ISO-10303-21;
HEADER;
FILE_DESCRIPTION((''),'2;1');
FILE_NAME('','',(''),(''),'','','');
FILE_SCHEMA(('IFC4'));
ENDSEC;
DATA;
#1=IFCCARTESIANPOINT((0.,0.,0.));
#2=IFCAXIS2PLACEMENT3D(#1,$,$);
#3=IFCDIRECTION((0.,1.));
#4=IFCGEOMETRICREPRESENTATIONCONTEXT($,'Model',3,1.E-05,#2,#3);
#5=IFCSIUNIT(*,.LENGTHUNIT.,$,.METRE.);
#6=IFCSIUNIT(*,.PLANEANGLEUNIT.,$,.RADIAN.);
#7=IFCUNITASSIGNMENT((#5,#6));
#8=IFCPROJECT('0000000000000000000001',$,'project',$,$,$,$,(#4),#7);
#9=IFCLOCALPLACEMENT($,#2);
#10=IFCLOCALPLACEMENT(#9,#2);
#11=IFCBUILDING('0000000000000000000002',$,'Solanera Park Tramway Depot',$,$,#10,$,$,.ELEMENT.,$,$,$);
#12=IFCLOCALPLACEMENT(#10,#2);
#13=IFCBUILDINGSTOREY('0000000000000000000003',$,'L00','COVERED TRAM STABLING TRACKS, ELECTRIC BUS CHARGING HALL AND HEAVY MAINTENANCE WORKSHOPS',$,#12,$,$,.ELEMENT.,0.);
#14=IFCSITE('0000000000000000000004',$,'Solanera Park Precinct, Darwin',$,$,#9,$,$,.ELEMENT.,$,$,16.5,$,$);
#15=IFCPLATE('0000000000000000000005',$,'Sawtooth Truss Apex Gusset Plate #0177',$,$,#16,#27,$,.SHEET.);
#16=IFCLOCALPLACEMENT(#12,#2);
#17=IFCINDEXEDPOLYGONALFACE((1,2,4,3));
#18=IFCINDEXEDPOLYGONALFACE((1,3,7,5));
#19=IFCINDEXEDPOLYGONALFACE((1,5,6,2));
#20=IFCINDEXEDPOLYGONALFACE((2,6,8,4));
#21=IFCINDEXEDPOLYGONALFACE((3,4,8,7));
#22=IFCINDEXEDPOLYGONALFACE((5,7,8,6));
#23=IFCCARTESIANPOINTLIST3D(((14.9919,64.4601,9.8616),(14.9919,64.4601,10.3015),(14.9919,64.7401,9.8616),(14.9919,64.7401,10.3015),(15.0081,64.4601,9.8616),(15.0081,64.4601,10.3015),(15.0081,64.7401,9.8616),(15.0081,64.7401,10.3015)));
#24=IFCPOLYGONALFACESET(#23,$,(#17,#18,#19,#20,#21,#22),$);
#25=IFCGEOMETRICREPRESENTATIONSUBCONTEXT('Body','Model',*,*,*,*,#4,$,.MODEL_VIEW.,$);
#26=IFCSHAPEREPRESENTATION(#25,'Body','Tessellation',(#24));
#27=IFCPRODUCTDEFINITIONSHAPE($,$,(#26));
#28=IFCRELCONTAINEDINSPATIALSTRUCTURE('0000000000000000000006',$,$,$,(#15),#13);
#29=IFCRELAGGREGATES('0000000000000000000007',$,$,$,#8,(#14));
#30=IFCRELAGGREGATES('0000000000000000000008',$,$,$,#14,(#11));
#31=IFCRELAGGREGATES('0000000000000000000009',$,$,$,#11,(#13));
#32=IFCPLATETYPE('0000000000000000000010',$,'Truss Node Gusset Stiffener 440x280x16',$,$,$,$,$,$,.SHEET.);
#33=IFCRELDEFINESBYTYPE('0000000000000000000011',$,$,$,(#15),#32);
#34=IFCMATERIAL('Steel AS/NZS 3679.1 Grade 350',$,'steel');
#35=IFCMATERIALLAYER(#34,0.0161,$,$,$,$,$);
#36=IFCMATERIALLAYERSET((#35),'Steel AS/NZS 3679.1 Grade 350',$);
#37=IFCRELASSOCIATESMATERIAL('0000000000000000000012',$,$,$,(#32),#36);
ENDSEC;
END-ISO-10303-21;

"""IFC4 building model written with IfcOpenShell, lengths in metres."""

from ifc_helpers import new_model, si_unit, direction, frame, origin, origin_2d, place, context, subcontext, project, spatial, rectangle, extrude, material, layer, layer_set, type_object, element, save


model = new_model("IFC4")

# Units and contexts
model_context = context("Model", 3, precision=1e-05, world=origin(), true_north=direction((0.0, 1.0)))
body_context = subcontext(model_context, "Body", "Model", "MODEL_VIEW")
ifc_project = project(units=[si_unit("LENGTHUNIT", "METRE"), si_unit("PLANEANGLEUNIT", "RADIAN")], contexts=[model_context])

# Site, building, storey
site_placement = place(None, origin())
site = spatial("IfcSite", under=ifc_project, at=site_placement, Name="Solanera Park Precinct, Darwin", CompositionType="ELEMENT", RefElevation=16.5)
building_placement = place(site_placement, origin())
building = spatial("IfcBuilding", under=site, at=building_placement, Name="Solanera Park Tramway Depot", CompositionType="ELEMENT")
storey_placement = place(building_placement, origin())
storey = spatial("IfcBuildingStorey", under=building, at=storey_placement, Name="L00", Description="COVERED TRAM STABLING TRACKS, ELECTRIC BUS CHARGING HALL AND HEAVY MAINTENANCE WORKSHOPS", CompositionType="ELEMENT", Elevation=0.0)

# Plate
ifc_material_1 = material(Name="Steel AS/NZS 3679.1 Grade 350", Category="steel")
ifc_layer_1 = layer(ifc_material_1, 0.0161)
ifc_layer_set_1 = layer_set([ifc_layer_1], Name="Steel AS/NZS 3679.1 Grade 350")
plate_type_1 = type_object("IfcPlateType", Name="Truss Node Gusset Stiffener 440x280x16", PredefinedType="SHEET", material=ifc_layer_set_1)
plate_1_placement = place(storey_placement, frame((15.0, 64.6001, 9.8616), z_axis=(0.0, 0.0, 1.0), x_axis=(1.0, 0.0, 0.0)))
element("IfcPlate", 1, at=plate_1_placement, inside=storey, type_object=plate_type_1, Name="Sawtooth Truss Apex Gusset Plate #0177", PredefinedType="SHEET", context=body_context, shape_type="SweptSolid", body=[
    extrude(rectangle(XDim=0.0161, YDim=0.28, at=origin_2d()), origin(), (0.0, 0.0, 1.0), 0.4399),
])

save(model, "model.ifc")
